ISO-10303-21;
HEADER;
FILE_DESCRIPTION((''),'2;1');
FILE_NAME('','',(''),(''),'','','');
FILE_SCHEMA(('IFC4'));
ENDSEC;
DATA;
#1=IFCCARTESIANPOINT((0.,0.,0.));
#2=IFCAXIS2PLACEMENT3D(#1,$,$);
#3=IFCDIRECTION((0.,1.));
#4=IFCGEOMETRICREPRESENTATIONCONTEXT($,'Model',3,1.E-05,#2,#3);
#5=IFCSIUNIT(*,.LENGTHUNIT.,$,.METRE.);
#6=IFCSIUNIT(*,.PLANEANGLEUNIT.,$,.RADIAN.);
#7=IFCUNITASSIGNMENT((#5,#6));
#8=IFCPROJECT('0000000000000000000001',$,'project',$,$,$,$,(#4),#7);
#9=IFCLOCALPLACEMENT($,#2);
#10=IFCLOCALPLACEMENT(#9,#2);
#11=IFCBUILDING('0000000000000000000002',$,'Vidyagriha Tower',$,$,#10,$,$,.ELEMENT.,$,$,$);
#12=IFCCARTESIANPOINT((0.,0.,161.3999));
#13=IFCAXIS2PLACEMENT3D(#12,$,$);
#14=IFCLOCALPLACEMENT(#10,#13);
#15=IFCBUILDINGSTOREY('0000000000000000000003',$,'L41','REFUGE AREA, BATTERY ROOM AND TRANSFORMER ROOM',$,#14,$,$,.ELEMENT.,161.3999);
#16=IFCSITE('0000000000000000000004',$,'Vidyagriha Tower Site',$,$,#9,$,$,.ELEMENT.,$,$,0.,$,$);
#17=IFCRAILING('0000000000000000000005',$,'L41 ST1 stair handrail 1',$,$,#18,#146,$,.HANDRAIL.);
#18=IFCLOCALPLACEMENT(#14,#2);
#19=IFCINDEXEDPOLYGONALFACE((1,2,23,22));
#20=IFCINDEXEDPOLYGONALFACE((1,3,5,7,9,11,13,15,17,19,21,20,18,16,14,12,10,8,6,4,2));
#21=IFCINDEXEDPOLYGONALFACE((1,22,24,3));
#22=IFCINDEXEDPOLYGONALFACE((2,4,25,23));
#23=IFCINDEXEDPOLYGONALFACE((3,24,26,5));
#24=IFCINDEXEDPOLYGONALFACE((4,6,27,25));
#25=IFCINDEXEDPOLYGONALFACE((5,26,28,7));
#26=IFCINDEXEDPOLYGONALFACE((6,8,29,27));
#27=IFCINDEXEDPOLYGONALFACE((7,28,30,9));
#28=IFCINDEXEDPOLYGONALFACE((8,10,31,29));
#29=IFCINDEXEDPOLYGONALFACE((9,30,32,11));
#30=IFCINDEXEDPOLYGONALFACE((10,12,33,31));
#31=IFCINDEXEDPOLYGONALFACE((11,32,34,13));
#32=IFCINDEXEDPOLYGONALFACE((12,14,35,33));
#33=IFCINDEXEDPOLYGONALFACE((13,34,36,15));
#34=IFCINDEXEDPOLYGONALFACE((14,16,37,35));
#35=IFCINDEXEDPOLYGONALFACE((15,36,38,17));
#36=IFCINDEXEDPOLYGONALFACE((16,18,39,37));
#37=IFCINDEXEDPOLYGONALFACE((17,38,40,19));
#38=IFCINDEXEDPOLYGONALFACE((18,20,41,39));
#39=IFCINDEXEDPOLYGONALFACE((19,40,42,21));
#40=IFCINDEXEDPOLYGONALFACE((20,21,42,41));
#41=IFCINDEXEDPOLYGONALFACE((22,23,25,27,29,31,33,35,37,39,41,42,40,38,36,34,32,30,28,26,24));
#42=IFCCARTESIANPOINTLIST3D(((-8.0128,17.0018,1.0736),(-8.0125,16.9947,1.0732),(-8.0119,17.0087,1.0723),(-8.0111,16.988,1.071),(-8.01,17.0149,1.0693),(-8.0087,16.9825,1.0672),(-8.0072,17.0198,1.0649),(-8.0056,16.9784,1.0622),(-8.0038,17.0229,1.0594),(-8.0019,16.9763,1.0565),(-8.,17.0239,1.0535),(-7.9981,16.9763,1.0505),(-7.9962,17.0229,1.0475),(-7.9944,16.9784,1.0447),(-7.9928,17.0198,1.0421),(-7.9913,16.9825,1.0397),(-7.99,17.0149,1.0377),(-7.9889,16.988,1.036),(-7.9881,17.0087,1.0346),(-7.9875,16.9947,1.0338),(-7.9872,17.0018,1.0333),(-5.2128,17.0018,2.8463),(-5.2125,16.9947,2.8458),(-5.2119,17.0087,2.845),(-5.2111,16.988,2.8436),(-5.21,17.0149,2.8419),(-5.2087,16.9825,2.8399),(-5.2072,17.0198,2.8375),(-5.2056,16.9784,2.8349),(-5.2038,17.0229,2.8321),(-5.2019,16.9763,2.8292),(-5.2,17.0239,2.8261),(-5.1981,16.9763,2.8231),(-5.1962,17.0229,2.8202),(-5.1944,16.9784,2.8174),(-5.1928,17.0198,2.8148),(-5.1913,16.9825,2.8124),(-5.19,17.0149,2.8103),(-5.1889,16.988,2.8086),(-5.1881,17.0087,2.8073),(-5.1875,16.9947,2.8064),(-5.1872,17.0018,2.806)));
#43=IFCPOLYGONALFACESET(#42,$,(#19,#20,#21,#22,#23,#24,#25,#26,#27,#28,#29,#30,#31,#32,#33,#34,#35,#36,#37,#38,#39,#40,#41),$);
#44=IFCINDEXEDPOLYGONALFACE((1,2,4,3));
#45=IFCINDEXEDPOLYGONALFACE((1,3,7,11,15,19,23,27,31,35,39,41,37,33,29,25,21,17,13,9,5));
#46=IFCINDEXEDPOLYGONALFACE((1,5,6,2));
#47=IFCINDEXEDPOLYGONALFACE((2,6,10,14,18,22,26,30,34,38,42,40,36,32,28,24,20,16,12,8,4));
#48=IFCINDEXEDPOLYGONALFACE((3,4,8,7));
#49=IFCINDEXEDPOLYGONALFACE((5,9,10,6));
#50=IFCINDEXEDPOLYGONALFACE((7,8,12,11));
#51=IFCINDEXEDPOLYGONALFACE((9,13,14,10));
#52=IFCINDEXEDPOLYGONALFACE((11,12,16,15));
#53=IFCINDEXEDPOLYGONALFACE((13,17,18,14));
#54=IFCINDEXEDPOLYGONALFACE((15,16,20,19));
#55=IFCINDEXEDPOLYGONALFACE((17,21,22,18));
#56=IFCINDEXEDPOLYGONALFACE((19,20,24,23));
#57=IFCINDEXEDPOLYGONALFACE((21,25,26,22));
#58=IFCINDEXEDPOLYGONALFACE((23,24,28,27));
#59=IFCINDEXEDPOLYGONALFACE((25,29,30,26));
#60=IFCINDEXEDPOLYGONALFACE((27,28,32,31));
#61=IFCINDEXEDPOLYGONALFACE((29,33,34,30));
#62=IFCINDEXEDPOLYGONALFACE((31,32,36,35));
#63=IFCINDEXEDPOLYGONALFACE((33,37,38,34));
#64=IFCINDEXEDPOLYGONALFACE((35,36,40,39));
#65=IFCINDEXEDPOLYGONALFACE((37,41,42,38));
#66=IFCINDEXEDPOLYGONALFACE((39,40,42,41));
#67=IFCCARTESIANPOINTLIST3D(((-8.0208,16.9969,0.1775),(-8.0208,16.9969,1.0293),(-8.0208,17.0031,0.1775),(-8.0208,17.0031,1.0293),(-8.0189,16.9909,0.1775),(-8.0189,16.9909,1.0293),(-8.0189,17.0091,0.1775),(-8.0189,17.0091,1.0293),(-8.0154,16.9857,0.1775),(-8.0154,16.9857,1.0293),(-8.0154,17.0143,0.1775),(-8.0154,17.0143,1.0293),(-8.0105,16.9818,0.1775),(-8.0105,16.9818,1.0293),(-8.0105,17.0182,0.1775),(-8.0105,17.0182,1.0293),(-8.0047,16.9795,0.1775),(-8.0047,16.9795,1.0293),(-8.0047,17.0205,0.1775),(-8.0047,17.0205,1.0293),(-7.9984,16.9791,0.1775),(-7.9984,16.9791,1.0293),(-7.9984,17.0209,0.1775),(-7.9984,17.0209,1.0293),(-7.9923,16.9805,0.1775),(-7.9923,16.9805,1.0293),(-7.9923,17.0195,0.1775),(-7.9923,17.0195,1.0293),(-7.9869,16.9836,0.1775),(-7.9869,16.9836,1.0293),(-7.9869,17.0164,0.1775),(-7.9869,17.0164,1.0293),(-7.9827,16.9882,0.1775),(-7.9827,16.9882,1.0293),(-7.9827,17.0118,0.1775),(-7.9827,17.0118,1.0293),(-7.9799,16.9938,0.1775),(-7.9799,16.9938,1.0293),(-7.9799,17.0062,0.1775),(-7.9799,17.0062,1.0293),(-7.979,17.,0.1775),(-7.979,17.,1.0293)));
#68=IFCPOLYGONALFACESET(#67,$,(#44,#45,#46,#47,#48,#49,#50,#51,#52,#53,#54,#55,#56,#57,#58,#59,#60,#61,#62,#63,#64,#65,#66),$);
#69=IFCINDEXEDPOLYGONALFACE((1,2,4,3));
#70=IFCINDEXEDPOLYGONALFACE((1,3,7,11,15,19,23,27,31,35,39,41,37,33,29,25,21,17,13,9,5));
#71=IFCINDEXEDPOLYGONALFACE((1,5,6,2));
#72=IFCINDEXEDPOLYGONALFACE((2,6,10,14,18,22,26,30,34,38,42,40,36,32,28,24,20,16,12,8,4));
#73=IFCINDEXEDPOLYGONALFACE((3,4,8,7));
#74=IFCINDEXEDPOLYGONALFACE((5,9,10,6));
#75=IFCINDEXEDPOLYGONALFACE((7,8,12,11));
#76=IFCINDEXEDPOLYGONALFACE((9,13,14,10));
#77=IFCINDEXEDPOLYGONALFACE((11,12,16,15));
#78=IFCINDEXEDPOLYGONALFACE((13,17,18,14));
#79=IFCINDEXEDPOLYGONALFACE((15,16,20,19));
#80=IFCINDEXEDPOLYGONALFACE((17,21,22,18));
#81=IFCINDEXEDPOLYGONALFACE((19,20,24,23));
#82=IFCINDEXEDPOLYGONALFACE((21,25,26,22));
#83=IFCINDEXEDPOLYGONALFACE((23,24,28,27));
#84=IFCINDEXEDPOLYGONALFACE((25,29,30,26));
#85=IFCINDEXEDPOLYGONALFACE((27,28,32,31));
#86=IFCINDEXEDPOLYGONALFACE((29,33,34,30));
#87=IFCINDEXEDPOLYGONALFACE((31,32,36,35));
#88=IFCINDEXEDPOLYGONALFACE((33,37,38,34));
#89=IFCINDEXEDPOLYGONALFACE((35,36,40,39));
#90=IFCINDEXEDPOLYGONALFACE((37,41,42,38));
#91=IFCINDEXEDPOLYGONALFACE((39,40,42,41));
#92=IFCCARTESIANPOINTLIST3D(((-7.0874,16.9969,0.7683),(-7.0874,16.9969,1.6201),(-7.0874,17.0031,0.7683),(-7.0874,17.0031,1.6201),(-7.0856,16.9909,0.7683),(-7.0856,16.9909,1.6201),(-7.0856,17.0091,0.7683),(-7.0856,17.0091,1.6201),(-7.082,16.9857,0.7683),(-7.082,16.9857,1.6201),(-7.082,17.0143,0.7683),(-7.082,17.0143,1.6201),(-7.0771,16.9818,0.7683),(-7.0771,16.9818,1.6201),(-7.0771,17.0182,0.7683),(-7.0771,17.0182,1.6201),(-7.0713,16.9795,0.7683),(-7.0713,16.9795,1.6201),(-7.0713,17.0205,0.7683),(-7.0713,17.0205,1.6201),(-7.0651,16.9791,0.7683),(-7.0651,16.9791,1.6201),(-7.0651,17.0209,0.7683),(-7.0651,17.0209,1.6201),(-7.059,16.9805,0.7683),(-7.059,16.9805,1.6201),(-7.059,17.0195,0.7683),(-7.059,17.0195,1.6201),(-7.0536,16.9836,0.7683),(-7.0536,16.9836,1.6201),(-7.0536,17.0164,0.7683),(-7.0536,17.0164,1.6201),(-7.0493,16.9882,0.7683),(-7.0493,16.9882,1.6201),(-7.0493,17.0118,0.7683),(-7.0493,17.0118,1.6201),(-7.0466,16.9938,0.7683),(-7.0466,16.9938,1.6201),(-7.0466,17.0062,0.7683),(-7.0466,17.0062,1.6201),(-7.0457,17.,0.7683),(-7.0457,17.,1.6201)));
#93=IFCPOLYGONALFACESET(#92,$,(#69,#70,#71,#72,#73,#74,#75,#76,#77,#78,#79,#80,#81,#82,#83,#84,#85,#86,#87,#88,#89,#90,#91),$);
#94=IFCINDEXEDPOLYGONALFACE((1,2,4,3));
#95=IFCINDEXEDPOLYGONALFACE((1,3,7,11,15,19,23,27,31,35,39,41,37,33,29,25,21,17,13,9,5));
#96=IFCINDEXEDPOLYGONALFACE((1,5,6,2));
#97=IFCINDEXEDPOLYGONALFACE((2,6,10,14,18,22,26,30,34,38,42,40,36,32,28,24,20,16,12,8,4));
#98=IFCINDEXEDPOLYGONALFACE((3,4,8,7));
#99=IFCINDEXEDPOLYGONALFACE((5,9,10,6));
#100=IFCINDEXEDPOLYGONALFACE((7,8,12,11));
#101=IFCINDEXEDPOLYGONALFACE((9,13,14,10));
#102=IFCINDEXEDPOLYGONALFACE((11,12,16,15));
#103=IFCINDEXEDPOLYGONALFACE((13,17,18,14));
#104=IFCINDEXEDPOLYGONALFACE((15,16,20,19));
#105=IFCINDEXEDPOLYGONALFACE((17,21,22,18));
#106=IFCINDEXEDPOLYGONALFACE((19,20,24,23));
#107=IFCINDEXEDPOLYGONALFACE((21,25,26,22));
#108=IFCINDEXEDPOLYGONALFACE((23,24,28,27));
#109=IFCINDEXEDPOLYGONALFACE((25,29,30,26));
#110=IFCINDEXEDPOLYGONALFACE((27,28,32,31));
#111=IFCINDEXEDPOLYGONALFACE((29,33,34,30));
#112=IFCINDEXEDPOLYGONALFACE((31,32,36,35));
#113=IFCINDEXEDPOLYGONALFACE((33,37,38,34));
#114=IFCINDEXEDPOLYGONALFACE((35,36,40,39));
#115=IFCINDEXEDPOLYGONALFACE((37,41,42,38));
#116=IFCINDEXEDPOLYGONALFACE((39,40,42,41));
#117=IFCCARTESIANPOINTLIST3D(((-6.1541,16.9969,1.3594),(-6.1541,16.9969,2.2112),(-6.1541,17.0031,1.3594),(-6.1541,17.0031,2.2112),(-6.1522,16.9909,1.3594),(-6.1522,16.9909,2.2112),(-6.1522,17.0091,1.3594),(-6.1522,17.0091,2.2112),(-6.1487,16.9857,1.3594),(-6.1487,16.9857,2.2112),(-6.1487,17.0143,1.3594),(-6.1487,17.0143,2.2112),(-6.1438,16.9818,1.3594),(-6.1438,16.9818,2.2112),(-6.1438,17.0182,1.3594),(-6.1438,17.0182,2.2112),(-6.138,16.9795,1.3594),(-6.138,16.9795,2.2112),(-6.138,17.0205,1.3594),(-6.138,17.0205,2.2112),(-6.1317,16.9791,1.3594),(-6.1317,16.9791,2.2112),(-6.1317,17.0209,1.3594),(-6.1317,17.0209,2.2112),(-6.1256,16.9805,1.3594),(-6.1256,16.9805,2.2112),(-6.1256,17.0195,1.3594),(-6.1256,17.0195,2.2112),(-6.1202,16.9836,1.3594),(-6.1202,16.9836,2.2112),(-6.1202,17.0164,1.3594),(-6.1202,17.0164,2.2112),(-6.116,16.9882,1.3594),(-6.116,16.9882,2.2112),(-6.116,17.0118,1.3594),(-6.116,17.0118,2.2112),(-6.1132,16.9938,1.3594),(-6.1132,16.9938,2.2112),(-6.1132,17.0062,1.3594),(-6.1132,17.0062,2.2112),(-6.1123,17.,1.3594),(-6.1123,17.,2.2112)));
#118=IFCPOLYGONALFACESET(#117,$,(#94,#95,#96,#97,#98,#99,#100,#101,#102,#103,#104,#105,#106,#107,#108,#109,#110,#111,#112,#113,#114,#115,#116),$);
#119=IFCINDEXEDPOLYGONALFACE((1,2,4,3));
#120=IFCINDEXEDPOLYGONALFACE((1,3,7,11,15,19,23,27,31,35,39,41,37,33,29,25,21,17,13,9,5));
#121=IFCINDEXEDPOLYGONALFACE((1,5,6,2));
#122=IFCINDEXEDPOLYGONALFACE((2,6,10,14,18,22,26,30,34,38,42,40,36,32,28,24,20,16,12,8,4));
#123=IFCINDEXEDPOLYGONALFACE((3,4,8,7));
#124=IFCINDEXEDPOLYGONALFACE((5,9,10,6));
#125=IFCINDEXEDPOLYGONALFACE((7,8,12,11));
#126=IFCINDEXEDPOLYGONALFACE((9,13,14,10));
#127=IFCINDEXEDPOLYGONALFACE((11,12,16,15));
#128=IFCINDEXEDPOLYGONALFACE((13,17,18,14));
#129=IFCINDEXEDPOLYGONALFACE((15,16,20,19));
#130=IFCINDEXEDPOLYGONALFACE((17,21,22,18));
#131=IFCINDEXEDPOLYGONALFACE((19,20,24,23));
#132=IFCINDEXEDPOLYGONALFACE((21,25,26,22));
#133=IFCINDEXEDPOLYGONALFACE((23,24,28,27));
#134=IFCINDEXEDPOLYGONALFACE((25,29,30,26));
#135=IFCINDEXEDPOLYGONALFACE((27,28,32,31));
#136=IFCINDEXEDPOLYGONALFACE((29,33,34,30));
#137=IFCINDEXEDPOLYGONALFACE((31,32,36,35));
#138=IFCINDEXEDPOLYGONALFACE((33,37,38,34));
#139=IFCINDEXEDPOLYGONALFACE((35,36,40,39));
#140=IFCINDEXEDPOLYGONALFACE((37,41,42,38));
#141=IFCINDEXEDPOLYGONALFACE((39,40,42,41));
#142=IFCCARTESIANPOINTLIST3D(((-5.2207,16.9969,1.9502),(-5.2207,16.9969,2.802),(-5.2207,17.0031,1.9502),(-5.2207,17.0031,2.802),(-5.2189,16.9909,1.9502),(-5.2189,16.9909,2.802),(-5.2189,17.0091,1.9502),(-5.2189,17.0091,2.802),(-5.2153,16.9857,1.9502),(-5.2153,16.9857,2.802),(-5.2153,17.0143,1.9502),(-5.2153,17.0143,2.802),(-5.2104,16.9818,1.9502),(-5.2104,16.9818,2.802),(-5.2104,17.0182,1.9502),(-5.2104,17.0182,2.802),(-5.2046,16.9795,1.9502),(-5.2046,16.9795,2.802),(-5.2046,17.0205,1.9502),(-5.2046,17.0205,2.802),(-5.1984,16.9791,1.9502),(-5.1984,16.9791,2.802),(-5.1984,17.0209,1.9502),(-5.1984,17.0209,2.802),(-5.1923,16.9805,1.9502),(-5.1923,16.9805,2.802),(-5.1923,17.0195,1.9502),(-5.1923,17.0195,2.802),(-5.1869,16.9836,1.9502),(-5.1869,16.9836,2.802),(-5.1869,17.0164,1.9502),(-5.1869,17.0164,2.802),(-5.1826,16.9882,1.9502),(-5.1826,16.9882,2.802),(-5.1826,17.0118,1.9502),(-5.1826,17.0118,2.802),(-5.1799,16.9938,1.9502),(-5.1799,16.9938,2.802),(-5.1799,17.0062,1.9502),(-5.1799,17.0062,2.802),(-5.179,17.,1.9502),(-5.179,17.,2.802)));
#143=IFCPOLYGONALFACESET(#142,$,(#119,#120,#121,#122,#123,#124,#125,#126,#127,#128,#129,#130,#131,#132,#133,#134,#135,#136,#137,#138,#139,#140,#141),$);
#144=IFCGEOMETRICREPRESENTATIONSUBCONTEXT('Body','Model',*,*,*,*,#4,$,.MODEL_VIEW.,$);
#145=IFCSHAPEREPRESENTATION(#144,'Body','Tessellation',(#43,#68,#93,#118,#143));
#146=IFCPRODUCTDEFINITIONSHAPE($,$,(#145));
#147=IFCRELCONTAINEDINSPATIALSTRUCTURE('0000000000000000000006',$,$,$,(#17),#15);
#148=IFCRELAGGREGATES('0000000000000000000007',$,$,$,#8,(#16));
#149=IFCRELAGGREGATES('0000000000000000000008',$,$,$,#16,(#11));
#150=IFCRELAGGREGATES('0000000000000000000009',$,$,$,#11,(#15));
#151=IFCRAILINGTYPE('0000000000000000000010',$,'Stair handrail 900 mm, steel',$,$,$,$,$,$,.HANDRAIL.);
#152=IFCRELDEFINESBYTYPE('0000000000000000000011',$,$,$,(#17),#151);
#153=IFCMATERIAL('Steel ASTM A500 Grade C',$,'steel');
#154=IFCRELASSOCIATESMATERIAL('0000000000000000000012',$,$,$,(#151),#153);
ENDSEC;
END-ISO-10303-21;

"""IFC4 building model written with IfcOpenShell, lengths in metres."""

from ifc_helpers import new_model, si_unit, direction, frame, origin, origin_2d, place, context, subcontext, project, spatial, circle, extrude, material, type_object, element, save


model = new_model("IFC4")

# Units and contexts
model_context = context("Model", 3, precision=1e-05, world=origin(), true_north=direction((0.0, 1.0)))
body_context = subcontext(model_context, "Body", "Model", "MODEL_VIEW")
ifc_project = project(units=[si_unit("LENGTHUNIT", "METRE"), si_unit("PLANEANGLEUNIT", "RADIAN")], contexts=[model_context])

# Site, building, storey
site_placement = place(None, origin())
site = spatial("IfcSite", under=ifc_project, at=site_placement, Name="Vidyagriha Tower Site", CompositionType="ELEMENT", RefElevation=0.0)
building_placement = place(site_placement, origin())
building = spatial("IfcBuilding", under=site, at=building_placement, Name="Vidyagriha Tower", CompositionType="ELEMENT")
storey_placement = place(building_placement, frame((0.0, 0.0, 161.3999)))
storey = spatial("IfcBuildingStorey", under=building, at=storey_placement, Name="L41", Description="REFUGE AREA, BATTERY ROOM AND TRANSFORMER ROOM", CompositionType="ELEMENT", Elevation=161.3999)

# Railing
ifc_material_1 = material(Name="Steel ASTM A500 Grade C", Category="steel")
railing_type = type_object("IfcRailingType", Name="Stair handrail 900 mm, steel", PredefinedType="HANDRAIL", material=ifc_material_1)
railing_placement = place(storey_placement, frame((-8.0, 17.0, 0.1775)))
element("IfcRailing", 1, at=railing_placement, inside=storey, type_object=railing_type, Name="L41 ST1 stair handrail 1", PredefinedType="HANDRAIL", context=body_context, shape_type="SweptSolid", body=[
    extrude(circle(Radius=0.0239, at=origin_2d()), frame((0.0, 0.0, 0.876), z_axis=(0.844909, 0.0, 0.53491), x_axis=(0.0, 1.0, 0.0)), (0.0, 0.0, 1.0), 3.314),
    extrude(circle(Radius=0.021, at=origin_2d()), origin(), (0.0, 0.0, 1.0), 0.8518),
    extrude(circle(Radius=0.021, at=origin_2d()), frame((0.9333, 0.0, 0.5908)), (0.0, 0.0, 1.0), 0.8518),
    extrude(circle(Radius=0.021, at=origin_2d()), frame((1.8667, 0.0, 1.1819)), (0.0, 0.0, 1.0), 0.8518),
    extrude(circle(Radius=0.021, at=origin_2d()), frame((2.8, 0.0, 1.7727)), (0.0, 0.0, 1.0), 0.8518),
])

save(model, "model.ifc")
